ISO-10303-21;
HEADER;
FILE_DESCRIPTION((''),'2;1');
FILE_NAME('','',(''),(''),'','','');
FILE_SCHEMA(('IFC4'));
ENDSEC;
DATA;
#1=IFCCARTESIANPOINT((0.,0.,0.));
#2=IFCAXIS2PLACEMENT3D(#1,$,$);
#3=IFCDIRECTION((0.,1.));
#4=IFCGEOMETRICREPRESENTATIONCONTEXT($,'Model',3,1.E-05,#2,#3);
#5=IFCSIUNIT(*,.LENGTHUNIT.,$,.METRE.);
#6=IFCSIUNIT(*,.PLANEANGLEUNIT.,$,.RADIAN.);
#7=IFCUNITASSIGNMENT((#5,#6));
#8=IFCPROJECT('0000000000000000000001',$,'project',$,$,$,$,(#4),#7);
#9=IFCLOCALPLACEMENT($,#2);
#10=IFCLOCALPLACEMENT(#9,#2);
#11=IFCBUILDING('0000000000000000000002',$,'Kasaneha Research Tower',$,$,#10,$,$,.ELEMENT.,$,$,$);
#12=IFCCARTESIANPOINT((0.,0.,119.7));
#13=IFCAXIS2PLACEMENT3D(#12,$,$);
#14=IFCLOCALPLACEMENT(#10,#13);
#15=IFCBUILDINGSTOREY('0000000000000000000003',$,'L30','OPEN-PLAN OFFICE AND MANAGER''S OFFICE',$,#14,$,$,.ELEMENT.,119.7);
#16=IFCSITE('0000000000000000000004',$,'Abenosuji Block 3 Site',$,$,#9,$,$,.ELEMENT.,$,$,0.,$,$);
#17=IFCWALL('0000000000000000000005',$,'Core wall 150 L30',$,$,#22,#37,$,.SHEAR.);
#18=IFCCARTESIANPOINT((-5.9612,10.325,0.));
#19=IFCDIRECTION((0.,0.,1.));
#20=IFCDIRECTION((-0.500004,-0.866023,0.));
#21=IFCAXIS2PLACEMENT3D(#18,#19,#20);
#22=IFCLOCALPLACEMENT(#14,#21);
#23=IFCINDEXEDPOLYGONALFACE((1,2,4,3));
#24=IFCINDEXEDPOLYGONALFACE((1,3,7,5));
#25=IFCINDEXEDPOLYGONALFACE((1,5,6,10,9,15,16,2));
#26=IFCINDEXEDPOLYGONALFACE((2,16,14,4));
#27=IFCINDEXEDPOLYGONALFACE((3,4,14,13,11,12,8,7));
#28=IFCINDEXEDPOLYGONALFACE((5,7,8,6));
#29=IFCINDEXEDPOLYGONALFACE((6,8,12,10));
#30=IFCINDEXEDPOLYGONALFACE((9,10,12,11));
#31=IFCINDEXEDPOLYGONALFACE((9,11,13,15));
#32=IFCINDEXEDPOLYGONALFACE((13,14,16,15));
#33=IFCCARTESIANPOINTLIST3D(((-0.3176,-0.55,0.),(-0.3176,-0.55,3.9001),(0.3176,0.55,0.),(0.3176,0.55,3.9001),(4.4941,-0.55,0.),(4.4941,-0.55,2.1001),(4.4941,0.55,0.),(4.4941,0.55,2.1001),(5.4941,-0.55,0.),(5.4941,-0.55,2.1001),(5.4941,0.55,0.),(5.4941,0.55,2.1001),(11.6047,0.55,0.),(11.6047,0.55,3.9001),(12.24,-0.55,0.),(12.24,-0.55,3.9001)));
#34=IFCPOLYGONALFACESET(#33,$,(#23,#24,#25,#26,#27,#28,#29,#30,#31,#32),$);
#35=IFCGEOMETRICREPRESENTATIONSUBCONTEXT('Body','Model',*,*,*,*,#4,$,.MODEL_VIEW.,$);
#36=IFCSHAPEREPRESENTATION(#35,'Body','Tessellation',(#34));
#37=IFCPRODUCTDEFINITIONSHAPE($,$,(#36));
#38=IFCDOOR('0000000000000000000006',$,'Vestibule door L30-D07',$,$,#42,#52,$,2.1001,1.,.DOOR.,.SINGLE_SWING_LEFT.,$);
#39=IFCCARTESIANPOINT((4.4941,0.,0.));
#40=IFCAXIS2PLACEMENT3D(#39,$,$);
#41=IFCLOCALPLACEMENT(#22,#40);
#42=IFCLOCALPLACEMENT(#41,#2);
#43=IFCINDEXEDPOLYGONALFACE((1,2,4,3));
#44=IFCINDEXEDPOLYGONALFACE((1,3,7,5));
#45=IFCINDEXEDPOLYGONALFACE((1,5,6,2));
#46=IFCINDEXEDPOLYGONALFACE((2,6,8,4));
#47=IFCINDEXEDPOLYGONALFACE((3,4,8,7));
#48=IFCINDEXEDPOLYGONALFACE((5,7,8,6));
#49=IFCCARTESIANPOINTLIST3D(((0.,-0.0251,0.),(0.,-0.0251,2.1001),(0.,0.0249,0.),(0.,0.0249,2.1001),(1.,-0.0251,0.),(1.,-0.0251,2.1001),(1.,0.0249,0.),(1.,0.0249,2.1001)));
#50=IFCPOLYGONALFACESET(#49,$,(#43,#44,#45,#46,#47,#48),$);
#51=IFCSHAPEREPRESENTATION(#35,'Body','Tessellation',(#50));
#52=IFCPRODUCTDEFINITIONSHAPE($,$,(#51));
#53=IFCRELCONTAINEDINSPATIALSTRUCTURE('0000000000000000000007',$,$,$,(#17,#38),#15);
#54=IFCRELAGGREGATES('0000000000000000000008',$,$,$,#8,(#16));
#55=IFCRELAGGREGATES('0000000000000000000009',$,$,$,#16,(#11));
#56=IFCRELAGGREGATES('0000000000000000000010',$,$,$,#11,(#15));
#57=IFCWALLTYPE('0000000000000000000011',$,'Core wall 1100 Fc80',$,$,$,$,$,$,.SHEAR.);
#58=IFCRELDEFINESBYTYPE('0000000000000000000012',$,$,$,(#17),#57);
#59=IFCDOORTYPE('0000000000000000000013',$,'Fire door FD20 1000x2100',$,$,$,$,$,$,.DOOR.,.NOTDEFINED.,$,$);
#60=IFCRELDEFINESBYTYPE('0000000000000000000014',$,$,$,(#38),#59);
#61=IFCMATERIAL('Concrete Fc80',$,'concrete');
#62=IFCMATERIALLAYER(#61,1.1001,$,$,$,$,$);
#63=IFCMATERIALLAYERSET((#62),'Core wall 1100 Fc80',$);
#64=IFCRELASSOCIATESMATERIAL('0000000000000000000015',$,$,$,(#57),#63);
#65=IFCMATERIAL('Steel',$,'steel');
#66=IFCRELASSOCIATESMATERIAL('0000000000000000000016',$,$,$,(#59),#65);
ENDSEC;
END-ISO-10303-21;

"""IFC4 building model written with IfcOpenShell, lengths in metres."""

from ifc_helpers import new_model, si_unit, direction, frame, frame_2d, origin, place, context, subcontext, project, spatial, polyline, rectangle, outline, extrude, material, layer, layer_set, type_object, element, fill, save


model = new_model("IFC4")

# Units and contexts
model_context = context("Model", 3, precision=1e-05, world=origin(), true_north=direction((0.0, 1.0)))
body_context = subcontext(model_context, "Body", "Model", "MODEL_VIEW")
ifc_project = project(units=[si_unit("LENGTHUNIT", "METRE"), si_unit("PLANEANGLEUNIT", "RADIAN")], contexts=[model_context])

# Site, building, storey
site_placement = place(None, origin())
site = spatial("IfcSite", under=ifc_project, at=site_placement, Name="Abenosuji Block 3 Site", CompositionType="ELEMENT", RefElevation=0.0)
building_placement = place(site_placement, origin())
building = spatial("IfcBuilding", under=site, at=building_placement, Name="Kasaneha Research Tower", CompositionType="ELEMENT")
storey_placement = place(building_placement, frame((0.0, 0.0, 119.7)))
storey = spatial("IfcBuildingStorey", under=building, at=storey_placement, Name="L30", Description="OPEN-PLAN OFFICE AND MANAGER'S OFFICE", CompositionType="ELEMENT", Elevation=119.7)

# Wall, opening, door
ifc_material_1 = material(Name="Concrete Fc80", Category="concrete")
ifc_layer_1 = layer(ifc_material_1, 1.1001)
ifc_layer_set_1 = layer_set([ifc_layer_1], Name="Core wall 1100 Fc80")
wall_type_1 = type_object("IfcWallType", Name="Core wall 1100 Fc80", PredefinedType="SHEAR", material=ifc_layer_set_1)
wall_1_placement = place(storey_placement, frame((-5.9612, 10.325, 0.0), z_axis=(0.0, 0.0, 1.0), x_axis=(-0.500004, -0.866023, 0.0)))
wall_1 = element("IfcWall", 1, at=wall_1_placement, inside=storey, type_object=wall_type_1, Name="Core wall 150 L30", PredefinedType="SHEAR", context=body_context, shape_type="SweptSolid", body=[
    extrude(outline(polyline([(-0.3176, -0.55), (4.4941, -0.55), (5.4941, -0.55), (12.24, -0.55), (11.6047, 0.55), (5.4941, 0.55), (4.4941, 0.55), (0.3176, 0.55), (-0.3176, -0.55)])), origin(), (0.0, 0.0, 1.0), 3.9001),
])
opening_1_placement = place(wall_1_placement, frame((4.4941, 0.0, 0.0)))
opening_1 = element("IfcOpeningElement", 2, at=opening_1_placement, cuts=wall_1, PredefinedType="OPENING", context=body_context, shape_type="SweptSolid", body=[
    extrude(rectangle(XDim=1.0, YDim=2.1001, at=frame_2d((0.5, 1.05))), frame((0.0, 0.5601, 0.0), z_axis=(0.0, -1.0, 0.0), x_axis=(1.0, 0.0, 0.0)), (0.0, 0.0, 1.0), 1.1201),
])
ifc_material_2 = material(Name="Steel", Category="steel")
door_type_1 = type_object("IfcDoorType", Name="Fire door FD20 1000x2100", OperationType="NOTDEFINED", PredefinedType="DOOR", material=ifc_material_2)
door_1_placement = place(opening_1_placement, origin())
door_1 = element("IfcDoor", 3, at=door_1_placement, inside=storey, type_object=door_type_1, Name="Vestibule door L30-D07", OperationType="SINGLE_SWING_LEFT", OverallHeight=2.1001, OverallWidth=1.0, PredefinedType="DOOR", context=body_context, shape_type="SweptSolid", body=[
    extrude(rectangle(XDim=1.0, YDim=2.1001, at=frame_2d((0.5, 1.05))), frame((0.0, 0.0249, 0.0), z_axis=(0.0, -1.0, 0.0), x_axis=(1.0, 0.0, 0.0)), (0.0, 0.0, 1.0), 0.05),
])
fill(opening_1, door_1)

save(model, "model.ifc")
